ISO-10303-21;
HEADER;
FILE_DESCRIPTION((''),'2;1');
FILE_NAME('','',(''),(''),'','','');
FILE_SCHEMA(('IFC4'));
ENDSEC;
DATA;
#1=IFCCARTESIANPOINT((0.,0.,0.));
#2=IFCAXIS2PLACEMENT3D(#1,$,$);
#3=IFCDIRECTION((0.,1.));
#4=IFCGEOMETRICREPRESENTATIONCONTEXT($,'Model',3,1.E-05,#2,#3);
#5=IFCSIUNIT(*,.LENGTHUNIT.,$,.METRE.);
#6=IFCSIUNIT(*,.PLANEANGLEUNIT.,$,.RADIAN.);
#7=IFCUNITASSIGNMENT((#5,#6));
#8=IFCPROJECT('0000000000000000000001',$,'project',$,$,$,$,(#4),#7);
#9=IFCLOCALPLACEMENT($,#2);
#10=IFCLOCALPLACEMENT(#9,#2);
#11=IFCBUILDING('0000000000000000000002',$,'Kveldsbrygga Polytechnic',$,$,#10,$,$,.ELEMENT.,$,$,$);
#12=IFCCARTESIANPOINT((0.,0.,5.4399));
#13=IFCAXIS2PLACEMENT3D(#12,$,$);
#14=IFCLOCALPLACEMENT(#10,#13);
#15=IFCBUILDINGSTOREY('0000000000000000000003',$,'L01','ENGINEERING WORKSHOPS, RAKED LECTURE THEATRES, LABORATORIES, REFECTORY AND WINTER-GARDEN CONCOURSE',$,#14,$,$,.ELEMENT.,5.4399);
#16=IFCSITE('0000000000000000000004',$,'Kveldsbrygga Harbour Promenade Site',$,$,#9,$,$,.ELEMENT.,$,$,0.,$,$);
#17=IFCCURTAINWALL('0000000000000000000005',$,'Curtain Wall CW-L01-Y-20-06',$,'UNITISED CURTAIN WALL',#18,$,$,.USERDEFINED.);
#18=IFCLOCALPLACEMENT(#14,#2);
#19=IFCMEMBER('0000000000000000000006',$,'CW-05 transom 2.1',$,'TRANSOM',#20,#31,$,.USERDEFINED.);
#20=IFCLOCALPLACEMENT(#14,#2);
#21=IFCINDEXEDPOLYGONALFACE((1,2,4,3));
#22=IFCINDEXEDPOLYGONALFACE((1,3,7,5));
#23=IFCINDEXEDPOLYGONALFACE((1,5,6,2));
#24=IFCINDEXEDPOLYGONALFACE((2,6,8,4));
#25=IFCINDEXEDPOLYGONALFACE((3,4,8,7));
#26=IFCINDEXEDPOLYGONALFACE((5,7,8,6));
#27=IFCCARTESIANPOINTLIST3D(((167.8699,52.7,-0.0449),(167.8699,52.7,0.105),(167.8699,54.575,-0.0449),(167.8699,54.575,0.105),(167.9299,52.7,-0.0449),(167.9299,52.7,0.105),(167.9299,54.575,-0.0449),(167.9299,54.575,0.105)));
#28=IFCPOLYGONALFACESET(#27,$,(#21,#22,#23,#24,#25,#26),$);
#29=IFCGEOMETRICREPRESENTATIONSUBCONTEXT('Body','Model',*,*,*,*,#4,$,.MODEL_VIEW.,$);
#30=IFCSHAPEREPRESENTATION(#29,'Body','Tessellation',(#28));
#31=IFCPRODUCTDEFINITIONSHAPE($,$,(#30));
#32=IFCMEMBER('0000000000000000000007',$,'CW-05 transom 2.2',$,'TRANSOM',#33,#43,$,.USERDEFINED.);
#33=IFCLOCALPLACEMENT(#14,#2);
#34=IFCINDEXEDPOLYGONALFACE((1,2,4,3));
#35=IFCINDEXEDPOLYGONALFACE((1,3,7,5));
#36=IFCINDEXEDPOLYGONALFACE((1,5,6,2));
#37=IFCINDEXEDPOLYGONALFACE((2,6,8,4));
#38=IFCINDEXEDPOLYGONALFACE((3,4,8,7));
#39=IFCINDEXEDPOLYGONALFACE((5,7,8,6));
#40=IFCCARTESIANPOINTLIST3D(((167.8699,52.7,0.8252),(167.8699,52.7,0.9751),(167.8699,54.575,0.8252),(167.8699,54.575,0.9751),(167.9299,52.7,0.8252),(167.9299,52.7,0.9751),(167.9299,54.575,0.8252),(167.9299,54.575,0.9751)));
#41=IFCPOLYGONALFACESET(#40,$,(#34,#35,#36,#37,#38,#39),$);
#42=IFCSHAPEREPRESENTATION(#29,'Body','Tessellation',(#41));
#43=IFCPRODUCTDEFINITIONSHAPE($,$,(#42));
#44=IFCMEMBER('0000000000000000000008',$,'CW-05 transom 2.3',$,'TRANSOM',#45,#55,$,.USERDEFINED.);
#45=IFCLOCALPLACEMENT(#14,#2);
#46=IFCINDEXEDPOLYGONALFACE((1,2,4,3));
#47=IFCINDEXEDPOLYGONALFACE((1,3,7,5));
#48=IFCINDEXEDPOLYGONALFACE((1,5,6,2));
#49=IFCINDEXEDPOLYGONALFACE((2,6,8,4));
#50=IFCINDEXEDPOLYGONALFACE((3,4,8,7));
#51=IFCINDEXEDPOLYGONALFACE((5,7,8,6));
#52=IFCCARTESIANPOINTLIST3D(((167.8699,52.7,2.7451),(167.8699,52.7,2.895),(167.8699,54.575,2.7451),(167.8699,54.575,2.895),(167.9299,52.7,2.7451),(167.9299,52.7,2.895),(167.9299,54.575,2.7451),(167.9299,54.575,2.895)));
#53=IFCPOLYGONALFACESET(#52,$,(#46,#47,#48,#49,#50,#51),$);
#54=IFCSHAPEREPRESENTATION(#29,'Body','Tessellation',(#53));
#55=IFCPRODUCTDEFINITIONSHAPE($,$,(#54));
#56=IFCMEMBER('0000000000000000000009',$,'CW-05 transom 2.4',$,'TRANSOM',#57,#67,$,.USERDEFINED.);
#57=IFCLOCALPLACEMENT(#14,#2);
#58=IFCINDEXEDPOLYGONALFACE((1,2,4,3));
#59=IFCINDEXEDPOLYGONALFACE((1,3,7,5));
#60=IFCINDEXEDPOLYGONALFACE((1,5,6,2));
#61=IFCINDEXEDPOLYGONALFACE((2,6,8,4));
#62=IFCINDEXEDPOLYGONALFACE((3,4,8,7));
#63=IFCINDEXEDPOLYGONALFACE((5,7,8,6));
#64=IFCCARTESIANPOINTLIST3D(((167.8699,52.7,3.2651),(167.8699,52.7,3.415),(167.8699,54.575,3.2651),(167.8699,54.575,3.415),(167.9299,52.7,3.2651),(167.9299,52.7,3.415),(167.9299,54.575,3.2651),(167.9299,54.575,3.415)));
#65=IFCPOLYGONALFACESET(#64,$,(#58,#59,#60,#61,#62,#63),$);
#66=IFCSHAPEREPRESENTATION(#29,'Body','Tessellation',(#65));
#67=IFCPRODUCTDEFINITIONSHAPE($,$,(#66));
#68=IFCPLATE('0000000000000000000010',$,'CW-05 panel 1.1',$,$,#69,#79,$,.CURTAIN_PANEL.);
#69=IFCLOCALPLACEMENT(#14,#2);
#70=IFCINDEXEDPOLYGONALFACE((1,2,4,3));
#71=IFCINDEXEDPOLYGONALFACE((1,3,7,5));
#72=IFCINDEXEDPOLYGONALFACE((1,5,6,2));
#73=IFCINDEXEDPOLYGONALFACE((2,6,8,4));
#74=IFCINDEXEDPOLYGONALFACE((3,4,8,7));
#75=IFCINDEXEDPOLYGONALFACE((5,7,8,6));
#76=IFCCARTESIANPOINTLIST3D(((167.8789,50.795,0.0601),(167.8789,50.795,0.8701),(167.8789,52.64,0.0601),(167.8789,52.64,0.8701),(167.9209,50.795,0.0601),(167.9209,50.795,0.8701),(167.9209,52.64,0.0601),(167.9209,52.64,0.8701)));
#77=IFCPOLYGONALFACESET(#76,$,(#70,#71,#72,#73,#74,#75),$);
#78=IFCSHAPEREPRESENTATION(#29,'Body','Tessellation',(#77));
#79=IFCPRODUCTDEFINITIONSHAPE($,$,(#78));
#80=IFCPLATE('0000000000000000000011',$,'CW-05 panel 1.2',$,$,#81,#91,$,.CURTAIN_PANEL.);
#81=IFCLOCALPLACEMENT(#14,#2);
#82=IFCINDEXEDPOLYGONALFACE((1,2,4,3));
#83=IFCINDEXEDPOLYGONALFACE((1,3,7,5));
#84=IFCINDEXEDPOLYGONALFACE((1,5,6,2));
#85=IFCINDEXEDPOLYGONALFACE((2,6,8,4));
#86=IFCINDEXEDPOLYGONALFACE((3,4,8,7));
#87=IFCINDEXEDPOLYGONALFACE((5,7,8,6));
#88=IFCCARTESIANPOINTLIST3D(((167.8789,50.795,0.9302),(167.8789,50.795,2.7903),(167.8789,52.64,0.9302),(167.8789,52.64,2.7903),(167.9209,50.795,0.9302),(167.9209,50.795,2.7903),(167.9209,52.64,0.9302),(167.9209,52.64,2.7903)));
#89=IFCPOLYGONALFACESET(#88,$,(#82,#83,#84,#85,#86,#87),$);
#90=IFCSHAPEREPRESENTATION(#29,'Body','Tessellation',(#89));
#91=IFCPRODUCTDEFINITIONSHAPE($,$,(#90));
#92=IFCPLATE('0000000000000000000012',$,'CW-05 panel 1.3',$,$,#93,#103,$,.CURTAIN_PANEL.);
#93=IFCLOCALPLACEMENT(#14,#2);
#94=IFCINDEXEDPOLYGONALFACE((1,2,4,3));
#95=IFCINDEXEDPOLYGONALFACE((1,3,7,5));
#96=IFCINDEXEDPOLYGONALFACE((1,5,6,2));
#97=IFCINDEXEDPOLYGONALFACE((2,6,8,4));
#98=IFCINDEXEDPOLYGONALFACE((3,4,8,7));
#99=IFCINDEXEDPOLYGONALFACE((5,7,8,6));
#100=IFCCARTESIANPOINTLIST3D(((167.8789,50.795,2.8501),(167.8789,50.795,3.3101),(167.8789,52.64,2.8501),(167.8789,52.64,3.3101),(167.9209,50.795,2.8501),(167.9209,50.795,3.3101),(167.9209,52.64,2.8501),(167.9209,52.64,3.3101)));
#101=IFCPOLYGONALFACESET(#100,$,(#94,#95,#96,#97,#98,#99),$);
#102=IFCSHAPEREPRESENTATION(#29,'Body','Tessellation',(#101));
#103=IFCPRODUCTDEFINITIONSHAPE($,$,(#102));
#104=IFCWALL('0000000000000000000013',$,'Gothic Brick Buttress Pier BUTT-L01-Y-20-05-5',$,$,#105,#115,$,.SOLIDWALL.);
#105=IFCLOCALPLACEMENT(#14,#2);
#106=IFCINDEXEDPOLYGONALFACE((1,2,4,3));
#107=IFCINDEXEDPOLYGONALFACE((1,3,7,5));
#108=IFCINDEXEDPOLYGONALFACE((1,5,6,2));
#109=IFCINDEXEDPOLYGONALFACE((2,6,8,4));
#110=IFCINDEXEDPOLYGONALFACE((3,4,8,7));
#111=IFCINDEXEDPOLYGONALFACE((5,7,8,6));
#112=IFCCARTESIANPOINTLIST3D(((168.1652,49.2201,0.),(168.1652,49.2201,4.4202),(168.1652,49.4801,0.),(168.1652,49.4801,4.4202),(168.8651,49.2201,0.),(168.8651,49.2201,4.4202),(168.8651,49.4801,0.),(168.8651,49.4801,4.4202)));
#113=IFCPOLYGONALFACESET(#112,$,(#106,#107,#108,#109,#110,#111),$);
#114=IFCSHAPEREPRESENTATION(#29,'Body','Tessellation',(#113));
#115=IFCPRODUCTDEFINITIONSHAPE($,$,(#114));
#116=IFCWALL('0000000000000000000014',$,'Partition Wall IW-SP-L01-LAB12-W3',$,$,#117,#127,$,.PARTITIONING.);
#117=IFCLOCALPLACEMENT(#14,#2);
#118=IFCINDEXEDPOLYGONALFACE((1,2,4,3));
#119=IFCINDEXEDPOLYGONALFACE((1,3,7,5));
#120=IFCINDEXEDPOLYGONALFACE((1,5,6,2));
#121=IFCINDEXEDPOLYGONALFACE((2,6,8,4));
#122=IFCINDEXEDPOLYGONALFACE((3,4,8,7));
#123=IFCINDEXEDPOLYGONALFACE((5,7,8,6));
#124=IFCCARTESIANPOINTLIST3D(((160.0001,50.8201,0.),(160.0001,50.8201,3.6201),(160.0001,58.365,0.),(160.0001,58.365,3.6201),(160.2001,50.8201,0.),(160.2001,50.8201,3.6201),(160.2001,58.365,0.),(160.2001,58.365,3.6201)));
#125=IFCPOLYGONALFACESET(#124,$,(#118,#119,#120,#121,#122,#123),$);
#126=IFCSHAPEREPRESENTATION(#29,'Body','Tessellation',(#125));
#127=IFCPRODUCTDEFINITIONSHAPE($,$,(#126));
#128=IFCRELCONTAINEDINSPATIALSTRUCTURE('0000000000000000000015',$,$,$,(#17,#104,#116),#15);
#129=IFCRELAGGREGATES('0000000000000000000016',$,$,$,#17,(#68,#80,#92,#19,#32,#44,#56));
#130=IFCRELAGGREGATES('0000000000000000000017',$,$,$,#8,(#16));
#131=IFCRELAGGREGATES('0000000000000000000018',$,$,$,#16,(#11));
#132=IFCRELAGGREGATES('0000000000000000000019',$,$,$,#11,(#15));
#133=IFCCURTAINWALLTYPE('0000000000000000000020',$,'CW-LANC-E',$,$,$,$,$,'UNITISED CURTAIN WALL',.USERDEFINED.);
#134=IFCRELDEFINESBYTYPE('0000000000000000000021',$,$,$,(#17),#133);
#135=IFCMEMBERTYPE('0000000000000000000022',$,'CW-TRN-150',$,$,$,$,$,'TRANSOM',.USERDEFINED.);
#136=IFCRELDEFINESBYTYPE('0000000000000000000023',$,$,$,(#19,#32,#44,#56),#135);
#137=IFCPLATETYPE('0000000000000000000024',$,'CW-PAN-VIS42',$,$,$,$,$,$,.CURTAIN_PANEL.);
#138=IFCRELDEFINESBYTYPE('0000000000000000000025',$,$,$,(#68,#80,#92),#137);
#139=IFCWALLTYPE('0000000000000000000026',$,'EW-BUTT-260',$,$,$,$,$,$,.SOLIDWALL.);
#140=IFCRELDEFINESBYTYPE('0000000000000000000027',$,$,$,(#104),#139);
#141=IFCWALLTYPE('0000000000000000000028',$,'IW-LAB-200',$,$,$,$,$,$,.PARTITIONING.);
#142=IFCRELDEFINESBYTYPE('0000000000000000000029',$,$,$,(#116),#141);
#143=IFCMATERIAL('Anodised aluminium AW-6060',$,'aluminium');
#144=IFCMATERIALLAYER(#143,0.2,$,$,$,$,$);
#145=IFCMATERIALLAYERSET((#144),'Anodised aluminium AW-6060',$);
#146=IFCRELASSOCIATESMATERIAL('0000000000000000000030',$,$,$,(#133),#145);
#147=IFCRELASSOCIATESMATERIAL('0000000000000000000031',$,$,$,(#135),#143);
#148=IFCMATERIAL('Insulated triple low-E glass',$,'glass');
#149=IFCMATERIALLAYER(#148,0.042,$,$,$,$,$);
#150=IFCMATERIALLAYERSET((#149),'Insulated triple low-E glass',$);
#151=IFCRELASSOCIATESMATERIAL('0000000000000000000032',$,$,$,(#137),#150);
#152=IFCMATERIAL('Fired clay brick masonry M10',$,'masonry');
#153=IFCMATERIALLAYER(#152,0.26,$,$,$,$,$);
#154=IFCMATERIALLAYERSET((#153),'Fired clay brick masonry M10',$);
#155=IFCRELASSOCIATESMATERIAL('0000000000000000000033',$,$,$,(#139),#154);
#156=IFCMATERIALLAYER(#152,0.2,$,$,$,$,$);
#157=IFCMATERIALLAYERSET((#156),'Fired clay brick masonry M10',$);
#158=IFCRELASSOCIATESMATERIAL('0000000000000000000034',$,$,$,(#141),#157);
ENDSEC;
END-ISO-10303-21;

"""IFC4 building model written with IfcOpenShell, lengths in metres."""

from ifc_helpers import new_model, si_unit, direction, frame, frame_2d, origin, origin_2d, place, context, subcontext, project, spatial, rectangle, extrude, material, layer, layer_set, material_profile, profile_set, type_object, element, aggregate, save


model = new_model("IFC4")

# Units and contexts
model_context = context("Model", 3, precision=1e-05, world=origin(), true_north=direction((0.0, 1.0)))
body_context = subcontext(model_context, "Body", "Model", "MODEL_VIEW")
ifc_project = project(units=[si_unit("LENGTHUNIT", "METRE"), si_unit("PLANEANGLEUNIT", "RADIAN")], contexts=[model_context])

# Site, building, storey
site_placement = place(None, origin())
site = spatial("IfcSite", under=ifc_project, at=site_placement, Name="Kveldsbrygga Harbour Promenade Site", CompositionType="ELEMENT", RefElevation=0.0)
building_placement = place(site_placement, origin())
building = spatial("IfcBuilding", under=site, at=building_placement, Name="Kveldsbrygga Polytechnic", CompositionType="ELEMENT")
storey_placement = place(building_placement, frame((0.0, 0.0, 5.4399)))
storey = spatial("IfcBuildingStorey", under=building, at=storey_placement, Name="L01", Description="ENGINEERING WORKSHOPS, RAKED LECTURE THEATRES, LABORATORIES, REFECTORY AND WINTER-GARDEN CONCOURSE", CompositionType="ELEMENT", Elevation=5.4399)

# Curtain wall, members, plates
ifc_material_1 = material(Name="Anodised aluminium AW-6060", Category="aluminium")
ifc_layer_1 = layer(ifc_material_1, 0.2)
ifc_layer_set_1 = layer_set([ifc_layer_1], Name="Anodised aluminium AW-6060")
curtain_wall_type = type_object("IfcCurtainWallType", Name="CW-LANC-E", ElementType="UNITISED CURTAIN WALL", PredefinedType="USERDEFINED", material=ifc_layer_set_1)
curtain_wall_placement = place(storey_placement, origin())
curtain_wall = element("IfcCurtainWall", 1, at=curtain_wall_placement, inside=storey, type_object=curtain_wall_type, Name="Curtain Wall CW-L01-Y-20-06", ObjectType="UNITISED CURTAIN WALL", PredefinedType="USERDEFINED")
ifc_material_profile_1 = material_profile(ifc_material_1, rectangle(XDim=0.0601, YDim=0.1499, at=origin_2d()), Name="ALU 60x150")
ifc_profile_set_1 = profile_set([ifc_material_profile_1], Name="Anodised aluminium AW-6060")
member_type_1 = type_object("IfcMemberType", Name="CW-TRN-150", ElementType="TRANSOM", PredefinedType="USERDEFINED", material=ifc_profile_set_1)
member_1_placement = place(storey_placement, frame((167.8999, 52.7, 0.03), z_axis=(0.0, 1.0, 0.0), x_axis=(-1.0, 0.0, 0.0)))
member_1 = element("IfcMember", 2, at=member_1_placement, type_object=member_type_1, Name="CW-05 transom 2.1", ObjectType="TRANSOM", PredefinedType="USERDEFINED", context=body_context, shape_type="SweptSolid", body=[
    extrude(rectangle(XDim=0.0601, YDim=0.1499, at=origin_2d()), origin(), (0.0, 0.0, 1.0), 1.875),
])
member_2_placement = place(storey_placement, frame((167.8999, 52.7, 0.9001), z_axis=(0.0, 1.0, 0.0), x_axis=(-1.0, 0.0, 0.0)))
member_2 = element("IfcMember", 3, at=member_2_placement, type_object=member_type_1, Name="CW-05 transom 2.2", ObjectType="TRANSOM", PredefinedType="USERDEFINED", context=body_context, shape_type="SweptSolid", body=[
    extrude(rectangle(XDim=0.0601, YDim=0.1499, at=origin_2d()), origin(), (0.0, 0.0, 1.0), 1.875),
])
member_3_placement = place(storey_placement, frame((167.8999, 52.7, 2.8201), z_axis=(0.0, 1.0, 0.0), x_axis=(-1.0, 0.0, 0.0)))
member_3 = element("IfcMember", 4, at=member_3_placement, type_object=member_type_1, Name="CW-05 transom 2.3", ObjectType="TRANSOM", PredefinedType="USERDEFINED", context=body_context, shape_type="SweptSolid", body=[
    extrude(rectangle(XDim=0.0601, YDim=0.1499, at=origin_2d()), origin(), (0.0, 0.0, 1.0), 1.875),
])
member_4_placement = place(storey_placement, frame((167.8999, 52.7, 3.3401), z_axis=(0.0, 1.0, 0.0), x_axis=(-1.0, 0.0, 0.0)))
member_4 = element("IfcMember", 5, at=member_4_placement, type_object=member_type_1, Name="CW-05 transom 2.4", ObjectType="TRANSOM", PredefinedType="USERDEFINED", context=body_context, shape_type="SweptSolid", body=[
    extrude(rectangle(XDim=0.0601, YDim=0.1499, at=origin_2d()), origin(), (0.0, 0.0, 1.0), 1.875),
])
ifc_material_2 = material(Name="Insulated triple low-E glass", Category="glass")
ifc_layer_2 = layer(ifc_material_2, 0.042)
ifc_layer_set_2 = layer_set([ifc_layer_2], Name="Insulated triple low-E glass")
plate_type = type_object("IfcPlateType", Name="CW-PAN-VIS42", PredefinedType="CURTAIN_PANEL", material=ifc_layer_set_2)
plate_1_placement = place(storey_placement, frame((167.8999, 51.7175, 0.0601), z_axis=(0.0, 0.0, 1.0), x_axis=(0.0, 1.0, 0.0)))
plate_1 = element("IfcPlate", 6, at=plate_1_placement, type_object=plate_type, Name="CW-05 panel 1.1", PredefinedType="CURTAIN_PANEL", context=body_context, shape_type="SweptSolid", body=[
    extrude(rectangle(XDim=1.845, YDim=0.042, at=origin_2d()), origin(), (0.0, 0.0, 1.0), 0.8101),
])
plate_2_placement = place(storey_placement, frame((167.8999, 51.7175, 0.9302), z_axis=(0.0, 0.0, 1.0), x_axis=(0.0, 1.0, 0.0)))
plate_2 = element("IfcPlate", 7, at=plate_2_placement, type_object=plate_type, Name="CW-05 panel 1.2", PredefinedType="CURTAIN_PANEL", context=body_context, shape_type="SweptSolid", body=[
    extrude(rectangle(XDim=1.845, YDim=0.042, at=origin_2d()), origin(), (0.0, 0.0, 1.0), 1.8601),
])
plate_3_placement = place(storey_placement, frame((167.8999, 51.7175, 2.8501), z_axis=(0.0, 0.0, 1.0), x_axis=(0.0, 1.0, 0.0)))
plate_3 = element("IfcPlate", 8, at=plate_3_placement, type_object=plate_type, Name="CW-05 panel 1.3", PredefinedType="CURTAIN_PANEL", context=body_context, shape_type="SweptSolid", body=[
    extrude(rectangle(XDim=1.845, YDim=0.042, at=origin_2d()), origin(), (0.0, 0.0, 1.0), 0.46),
])
aggregate(curtain_wall, [plate_1, plate_2, plate_3, member_1, member_2, member_3, member_4])

# Walls
ifc_material_3 = material(Name="Fired clay brick masonry M10", Category="masonry")
ifc_layer_3 = layer(ifc_material_3, 0.26)
ifc_layer_set_3 = layer_set([ifc_layer_3], Name="Fired clay brick masonry M10")
wall_type_1 = type_object("IfcWallType", Name="EW-BUTT-260", PredefinedType="SOLIDWALL", material=ifc_layer_set_3)
wall_1_placement = place(storey_placement, frame((168.165, 49.3501, 0.0), z_axis=(0.0, 0.0, 1.0), x_axis=(1.0, 0.0, 0.0)))
element("IfcWall", 9, at=wall_1_placement, inside=storey, type_object=wall_type_1, Name="Gothic Brick Buttress Pier BUTT-L01-Y-20-05-5", PredefinedType="SOLIDWALL", context=body_context, shape_type="SweptSolid", body=[
    extrude(rectangle(XDim=0.7, YDim=0.26, at=frame_2d((0.3501, 0.0))), origin(), (0.0, 0.0, 1.0), 4.4202),
])
ifc_layer_4 = layer(ifc_material_3, 0.2)
ifc_layer_set_4 = layer_set([ifc_layer_4], Name="Fired clay brick masonry M10")
wall_type_2 = type_object("IfcWallType", Name="IW-LAB-200", PredefinedType="PARTITIONING", material=ifc_layer_set_4)
wall_2_placement = place(storey_placement, frame((160.1001, 50.8201, 0.0), z_axis=(0.0, 0.0, 1.0), x_axis=(0.0, 1.0, 0.0)))
element("IfcWall", 10, at=wall_2_placement, inside=storey, type_object=wall_type_2, Name="Partition Wall IW-SP-L01-LAB12-W3", PredefinedType="PARTITIONING", context=body_context, shape_type="SweptSolid", body=[
    extrude(rectangle(XDim=7.5449, YDim=0.2, at=frame_2d((3.7725, 0.0))), origin(), (0.0, 0.0, 1.0), 3.6201),
])

save(model, "model.ifc")
